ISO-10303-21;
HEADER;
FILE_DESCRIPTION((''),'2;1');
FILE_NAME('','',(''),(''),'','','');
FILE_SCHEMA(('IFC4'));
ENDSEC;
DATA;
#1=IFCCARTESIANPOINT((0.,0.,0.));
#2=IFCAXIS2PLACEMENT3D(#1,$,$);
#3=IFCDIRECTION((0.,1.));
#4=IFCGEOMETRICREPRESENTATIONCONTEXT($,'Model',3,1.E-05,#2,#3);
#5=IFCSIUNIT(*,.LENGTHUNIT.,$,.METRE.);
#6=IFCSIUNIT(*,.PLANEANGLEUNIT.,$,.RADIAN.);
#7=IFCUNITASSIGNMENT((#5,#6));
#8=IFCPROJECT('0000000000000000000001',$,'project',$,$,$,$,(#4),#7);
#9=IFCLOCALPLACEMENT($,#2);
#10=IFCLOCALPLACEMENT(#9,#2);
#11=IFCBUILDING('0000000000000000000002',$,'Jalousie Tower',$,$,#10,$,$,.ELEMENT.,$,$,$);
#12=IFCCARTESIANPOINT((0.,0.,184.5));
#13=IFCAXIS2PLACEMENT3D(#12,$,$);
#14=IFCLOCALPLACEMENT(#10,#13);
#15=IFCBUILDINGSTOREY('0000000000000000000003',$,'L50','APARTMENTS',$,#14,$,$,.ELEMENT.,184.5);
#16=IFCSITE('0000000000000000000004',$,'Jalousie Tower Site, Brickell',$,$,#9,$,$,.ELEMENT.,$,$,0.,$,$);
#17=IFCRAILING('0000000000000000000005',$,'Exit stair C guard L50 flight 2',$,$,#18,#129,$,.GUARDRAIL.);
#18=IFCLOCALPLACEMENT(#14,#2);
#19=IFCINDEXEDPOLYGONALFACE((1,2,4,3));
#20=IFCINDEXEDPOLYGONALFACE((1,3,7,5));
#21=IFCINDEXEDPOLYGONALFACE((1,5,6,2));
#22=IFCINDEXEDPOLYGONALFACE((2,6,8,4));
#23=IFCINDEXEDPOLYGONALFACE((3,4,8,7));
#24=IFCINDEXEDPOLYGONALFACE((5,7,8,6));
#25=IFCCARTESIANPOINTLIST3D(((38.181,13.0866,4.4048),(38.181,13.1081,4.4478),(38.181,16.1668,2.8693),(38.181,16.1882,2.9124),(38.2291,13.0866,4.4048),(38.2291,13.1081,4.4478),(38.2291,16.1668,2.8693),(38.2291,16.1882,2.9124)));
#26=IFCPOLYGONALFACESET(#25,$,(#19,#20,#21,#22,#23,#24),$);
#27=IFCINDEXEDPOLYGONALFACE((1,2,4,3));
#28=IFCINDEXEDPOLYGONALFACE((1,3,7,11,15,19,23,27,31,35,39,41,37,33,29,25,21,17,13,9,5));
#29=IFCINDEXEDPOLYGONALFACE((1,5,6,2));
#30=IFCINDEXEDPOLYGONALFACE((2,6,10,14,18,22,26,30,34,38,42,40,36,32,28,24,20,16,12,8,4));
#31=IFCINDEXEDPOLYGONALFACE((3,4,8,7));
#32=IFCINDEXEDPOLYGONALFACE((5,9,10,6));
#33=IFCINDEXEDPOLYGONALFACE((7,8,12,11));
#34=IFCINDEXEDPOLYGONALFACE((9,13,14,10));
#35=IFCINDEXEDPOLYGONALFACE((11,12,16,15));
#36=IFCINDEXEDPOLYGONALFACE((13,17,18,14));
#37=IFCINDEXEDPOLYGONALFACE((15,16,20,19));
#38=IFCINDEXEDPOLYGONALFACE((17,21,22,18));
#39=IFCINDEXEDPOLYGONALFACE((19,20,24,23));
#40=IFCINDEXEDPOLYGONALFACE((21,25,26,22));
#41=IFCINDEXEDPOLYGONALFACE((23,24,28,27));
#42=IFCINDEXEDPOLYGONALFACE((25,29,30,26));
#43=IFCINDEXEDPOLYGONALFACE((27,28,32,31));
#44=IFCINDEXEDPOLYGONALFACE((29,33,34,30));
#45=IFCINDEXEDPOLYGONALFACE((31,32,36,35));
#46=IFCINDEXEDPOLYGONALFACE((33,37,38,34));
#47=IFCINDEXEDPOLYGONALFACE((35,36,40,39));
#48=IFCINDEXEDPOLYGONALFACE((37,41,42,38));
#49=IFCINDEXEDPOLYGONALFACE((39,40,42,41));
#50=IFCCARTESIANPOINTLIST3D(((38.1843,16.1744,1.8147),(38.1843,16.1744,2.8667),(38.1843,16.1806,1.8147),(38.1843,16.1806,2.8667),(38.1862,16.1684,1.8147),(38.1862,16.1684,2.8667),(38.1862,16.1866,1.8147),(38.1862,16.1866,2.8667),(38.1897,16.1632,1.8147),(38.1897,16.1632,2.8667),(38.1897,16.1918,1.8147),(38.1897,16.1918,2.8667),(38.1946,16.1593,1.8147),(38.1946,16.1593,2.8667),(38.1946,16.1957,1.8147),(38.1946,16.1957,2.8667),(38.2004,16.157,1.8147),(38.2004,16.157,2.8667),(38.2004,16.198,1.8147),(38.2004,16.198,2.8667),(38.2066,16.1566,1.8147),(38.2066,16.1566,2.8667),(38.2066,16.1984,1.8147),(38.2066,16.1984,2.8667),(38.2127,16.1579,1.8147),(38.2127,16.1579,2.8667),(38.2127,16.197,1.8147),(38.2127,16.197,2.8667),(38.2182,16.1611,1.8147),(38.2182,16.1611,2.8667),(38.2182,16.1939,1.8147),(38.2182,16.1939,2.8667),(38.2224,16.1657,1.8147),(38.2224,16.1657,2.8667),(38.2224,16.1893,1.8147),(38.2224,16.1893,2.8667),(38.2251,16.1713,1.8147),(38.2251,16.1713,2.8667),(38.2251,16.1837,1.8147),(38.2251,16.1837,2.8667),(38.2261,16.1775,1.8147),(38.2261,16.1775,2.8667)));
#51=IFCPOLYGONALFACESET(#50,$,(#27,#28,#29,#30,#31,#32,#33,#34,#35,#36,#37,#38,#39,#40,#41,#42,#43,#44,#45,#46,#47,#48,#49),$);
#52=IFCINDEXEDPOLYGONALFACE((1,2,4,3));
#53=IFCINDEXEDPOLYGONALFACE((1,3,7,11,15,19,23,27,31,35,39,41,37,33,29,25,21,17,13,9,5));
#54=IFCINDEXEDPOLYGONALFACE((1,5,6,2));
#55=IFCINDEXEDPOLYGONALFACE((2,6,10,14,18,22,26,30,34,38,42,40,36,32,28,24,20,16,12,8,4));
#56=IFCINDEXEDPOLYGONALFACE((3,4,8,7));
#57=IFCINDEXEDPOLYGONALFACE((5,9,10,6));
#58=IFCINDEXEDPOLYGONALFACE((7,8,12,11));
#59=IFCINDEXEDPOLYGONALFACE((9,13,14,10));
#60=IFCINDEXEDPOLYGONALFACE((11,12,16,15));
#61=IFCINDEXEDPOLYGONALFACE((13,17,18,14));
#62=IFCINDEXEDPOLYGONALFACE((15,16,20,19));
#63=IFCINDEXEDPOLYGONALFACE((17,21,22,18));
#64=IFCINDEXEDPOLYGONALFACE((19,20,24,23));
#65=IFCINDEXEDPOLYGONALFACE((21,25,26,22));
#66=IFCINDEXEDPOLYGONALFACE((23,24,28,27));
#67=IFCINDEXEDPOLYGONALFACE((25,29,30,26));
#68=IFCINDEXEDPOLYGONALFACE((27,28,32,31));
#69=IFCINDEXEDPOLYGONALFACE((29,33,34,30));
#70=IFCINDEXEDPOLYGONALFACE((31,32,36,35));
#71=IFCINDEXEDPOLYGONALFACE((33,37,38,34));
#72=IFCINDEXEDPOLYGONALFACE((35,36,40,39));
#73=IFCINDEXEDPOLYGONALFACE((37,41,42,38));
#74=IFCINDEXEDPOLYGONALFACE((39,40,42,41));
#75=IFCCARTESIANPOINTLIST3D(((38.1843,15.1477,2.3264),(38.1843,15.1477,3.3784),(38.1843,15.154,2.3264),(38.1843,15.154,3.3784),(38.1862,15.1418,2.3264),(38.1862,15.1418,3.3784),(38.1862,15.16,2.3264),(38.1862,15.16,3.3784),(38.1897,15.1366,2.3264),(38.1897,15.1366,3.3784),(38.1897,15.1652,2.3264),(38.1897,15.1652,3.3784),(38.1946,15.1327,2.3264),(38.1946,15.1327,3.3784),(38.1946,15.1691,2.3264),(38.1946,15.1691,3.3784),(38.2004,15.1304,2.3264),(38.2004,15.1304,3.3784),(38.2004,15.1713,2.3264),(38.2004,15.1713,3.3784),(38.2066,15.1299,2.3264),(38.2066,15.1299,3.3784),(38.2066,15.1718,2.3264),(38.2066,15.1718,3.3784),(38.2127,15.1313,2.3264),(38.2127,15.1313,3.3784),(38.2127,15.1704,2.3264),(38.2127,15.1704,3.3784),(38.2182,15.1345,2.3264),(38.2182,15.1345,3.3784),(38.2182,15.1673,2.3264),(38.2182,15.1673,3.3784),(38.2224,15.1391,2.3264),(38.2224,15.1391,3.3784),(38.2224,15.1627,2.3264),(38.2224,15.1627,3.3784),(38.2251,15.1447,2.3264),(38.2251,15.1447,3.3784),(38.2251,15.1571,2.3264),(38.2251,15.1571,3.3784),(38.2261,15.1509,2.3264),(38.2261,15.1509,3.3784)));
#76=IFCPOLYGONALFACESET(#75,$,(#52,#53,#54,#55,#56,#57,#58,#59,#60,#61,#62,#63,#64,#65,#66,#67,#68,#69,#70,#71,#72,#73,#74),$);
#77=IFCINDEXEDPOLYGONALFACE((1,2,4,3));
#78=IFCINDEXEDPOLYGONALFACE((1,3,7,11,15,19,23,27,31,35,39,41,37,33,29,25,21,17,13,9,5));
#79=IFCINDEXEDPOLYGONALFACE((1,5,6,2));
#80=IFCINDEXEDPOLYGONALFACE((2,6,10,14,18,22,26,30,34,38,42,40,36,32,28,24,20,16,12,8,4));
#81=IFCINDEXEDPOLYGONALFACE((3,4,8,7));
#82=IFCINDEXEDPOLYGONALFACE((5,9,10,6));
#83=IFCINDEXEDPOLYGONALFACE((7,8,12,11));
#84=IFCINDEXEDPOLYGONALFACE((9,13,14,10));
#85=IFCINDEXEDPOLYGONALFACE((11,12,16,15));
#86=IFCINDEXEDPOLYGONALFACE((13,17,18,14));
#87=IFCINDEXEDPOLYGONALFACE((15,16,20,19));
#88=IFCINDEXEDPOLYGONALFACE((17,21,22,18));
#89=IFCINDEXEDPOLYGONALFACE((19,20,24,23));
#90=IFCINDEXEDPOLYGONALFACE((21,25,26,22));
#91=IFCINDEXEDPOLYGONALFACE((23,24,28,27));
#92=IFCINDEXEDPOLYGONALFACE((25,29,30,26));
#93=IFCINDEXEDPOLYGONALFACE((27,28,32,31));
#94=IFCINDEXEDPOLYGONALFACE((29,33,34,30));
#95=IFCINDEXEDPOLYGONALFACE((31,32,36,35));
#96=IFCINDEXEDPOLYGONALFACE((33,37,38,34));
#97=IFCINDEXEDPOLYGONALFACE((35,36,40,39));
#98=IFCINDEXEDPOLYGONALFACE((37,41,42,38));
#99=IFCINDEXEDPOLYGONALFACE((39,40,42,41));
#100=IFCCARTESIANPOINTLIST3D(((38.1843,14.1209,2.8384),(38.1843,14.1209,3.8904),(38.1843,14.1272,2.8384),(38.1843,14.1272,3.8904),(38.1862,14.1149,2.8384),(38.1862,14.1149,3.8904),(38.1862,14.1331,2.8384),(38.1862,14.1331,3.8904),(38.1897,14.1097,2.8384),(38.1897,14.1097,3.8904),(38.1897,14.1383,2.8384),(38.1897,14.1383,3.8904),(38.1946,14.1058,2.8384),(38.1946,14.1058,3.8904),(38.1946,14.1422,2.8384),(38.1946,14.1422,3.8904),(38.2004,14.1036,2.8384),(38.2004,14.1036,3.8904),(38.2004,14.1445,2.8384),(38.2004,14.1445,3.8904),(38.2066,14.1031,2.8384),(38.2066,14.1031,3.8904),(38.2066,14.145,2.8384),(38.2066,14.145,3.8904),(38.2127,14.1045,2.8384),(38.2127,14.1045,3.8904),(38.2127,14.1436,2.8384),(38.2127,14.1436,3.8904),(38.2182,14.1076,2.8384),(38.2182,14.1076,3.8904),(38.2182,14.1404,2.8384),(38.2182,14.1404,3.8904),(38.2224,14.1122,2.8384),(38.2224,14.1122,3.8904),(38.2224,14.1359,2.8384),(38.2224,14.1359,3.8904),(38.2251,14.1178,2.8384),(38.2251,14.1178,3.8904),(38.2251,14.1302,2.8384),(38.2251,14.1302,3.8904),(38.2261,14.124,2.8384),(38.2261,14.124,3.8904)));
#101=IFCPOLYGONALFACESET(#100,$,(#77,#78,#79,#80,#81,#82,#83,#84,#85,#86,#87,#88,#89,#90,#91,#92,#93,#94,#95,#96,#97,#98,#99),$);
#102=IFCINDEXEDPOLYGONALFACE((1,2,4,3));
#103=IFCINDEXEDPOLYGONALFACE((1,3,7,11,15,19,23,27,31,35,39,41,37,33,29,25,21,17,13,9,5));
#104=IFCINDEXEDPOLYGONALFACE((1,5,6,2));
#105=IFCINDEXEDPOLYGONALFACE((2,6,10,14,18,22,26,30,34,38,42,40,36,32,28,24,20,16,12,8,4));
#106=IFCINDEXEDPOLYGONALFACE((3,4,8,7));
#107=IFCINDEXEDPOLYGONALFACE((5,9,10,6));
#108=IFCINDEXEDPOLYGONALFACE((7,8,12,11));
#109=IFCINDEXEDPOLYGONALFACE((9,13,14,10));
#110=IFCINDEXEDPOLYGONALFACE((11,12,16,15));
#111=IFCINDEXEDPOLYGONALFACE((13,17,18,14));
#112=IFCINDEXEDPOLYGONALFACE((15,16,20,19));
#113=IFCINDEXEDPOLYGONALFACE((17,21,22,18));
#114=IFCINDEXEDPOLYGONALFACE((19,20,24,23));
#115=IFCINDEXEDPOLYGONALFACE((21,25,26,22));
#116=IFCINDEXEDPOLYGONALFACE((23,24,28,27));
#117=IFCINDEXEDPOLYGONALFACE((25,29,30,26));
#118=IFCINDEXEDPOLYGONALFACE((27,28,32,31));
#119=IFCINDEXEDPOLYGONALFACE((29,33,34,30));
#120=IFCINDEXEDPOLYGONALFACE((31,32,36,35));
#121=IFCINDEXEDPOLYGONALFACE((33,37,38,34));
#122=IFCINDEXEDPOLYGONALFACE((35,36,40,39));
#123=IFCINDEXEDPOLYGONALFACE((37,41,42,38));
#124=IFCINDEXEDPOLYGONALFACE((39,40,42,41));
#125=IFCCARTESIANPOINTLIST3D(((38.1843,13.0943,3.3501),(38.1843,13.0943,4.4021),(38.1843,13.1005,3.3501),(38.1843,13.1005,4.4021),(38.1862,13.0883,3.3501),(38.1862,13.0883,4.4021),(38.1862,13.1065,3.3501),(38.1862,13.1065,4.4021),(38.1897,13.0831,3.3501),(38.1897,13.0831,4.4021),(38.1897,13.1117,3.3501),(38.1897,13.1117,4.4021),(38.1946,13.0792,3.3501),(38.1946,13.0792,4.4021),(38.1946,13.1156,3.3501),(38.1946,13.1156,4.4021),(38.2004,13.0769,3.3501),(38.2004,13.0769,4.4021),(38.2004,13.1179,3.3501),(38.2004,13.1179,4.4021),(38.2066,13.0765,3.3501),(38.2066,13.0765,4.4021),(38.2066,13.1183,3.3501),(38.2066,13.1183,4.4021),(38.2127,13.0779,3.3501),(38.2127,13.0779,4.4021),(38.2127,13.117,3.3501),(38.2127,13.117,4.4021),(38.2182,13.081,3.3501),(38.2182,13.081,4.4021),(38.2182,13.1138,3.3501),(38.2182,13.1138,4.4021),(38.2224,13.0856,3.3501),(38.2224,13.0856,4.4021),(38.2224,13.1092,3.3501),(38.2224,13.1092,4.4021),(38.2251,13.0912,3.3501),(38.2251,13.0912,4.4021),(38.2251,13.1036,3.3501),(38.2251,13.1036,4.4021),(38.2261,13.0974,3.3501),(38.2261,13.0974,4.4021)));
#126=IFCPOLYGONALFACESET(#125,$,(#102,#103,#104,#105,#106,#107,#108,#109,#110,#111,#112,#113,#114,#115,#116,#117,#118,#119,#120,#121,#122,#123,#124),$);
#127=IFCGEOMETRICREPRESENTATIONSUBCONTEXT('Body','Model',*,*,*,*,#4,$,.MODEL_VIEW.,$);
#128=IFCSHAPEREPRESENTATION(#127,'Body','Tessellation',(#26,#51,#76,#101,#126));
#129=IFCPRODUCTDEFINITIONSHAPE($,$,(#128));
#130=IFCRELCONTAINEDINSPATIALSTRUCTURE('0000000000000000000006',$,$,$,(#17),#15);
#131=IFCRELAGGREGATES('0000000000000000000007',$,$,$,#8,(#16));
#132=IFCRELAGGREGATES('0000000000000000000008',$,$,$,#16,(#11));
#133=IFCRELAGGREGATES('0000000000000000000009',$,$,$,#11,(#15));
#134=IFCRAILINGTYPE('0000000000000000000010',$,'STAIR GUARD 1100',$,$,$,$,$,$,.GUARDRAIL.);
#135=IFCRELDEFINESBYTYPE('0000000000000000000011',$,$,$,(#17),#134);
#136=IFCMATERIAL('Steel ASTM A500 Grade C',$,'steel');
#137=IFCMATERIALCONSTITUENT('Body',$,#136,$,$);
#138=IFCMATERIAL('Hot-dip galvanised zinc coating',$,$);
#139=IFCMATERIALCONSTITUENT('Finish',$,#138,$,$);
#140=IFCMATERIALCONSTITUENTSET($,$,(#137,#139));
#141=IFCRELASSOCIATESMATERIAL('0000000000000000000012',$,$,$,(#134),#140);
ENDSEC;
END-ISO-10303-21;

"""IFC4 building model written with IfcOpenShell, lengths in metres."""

from ifc_helpers import new_model, si_unit, direction, frame, origin, origin_2d, place, context, subcontext, project, spatial, rectangle, circle, extrude, material, constituent, constituent_set, type_object, element, save


model = new_model("IFC4")

# Units and contexts
model_context = context("Model", 3, precision=1e-05, world=origin(), true_north=direction((0.0, 1.0)))
body_context = subcontext(model_context, "Body", "Model", "MODEL_VIEW")
ifc_project = project(units=[si_unit("LENGTHUNIT", "METRE"), si_unit("PLANEANGLEUNIT", "RADIAN")], contexts=[model_context])

# Site, building, storey
site_placement = place(None, origin())
site = spatial("IfcSite", under=ifc_project, at=site_placement, Name="Jalousie Tower Site, Brickell", CompositionType="ELEMENT", RefElevation=0.0)
building_placement = place(site_placement, origin())
building = spatial("IfcBuilding", under=site, at=building_placement, Name="Jalousie Tower", CompositionType="ELEMENT")
storey_placement = place(building_placement, frame((0.0, 0.0, 184.5)))
storey = spatial("IfcBuildingStorey", under=building, at=storey_placement, Name="L50", Description="APARTMENTS", CompositionType="ELEMENT", Elevation=184.5)

# Railing
ifc_material_1 = material(Name="Steel ASTM A500 Grade C", Category="steel")
ifc_constituent_1 = constituent(ifc_material_1, Name="Body")
ifc_material_2 = material(Name="Hot-dip galvanised zinc coating")
ifc_constituent_2 = constituent(ifc_material_2, Name="Finish")
ifc_constituent_set_1 = constituent_set(constituents=[ifc_constituent_1, ifc_constituent_2])
railing_type_1 = type_object("IfcRailingType", Name="STAIR GUARD 1100", PredefinedType="GUARDRAIL", material=ifc_constituent_set_1)
railing_1_placement = place(storey_placement, frame((38.2051, 16.1775, 1.8147)))
element("IfcRailing", 1, at=railing_1_placement, inside=storey, type_object=railing_type_1, Name="Exit stair C guard L50 flight 2", PredefinedType="GUARDRAIL", context=body_context, shape_type="SweptSolid", body=[
    extrude(rectangle(XDim=0.0481, YDim=0.0481, at=origin_2d()), frame((0.0, 0.0, 1.0762), z_axis=(0.0, -0.894966, 0.446135), x_axis=(1.0, 0.0, 0.0)), (0.0, 0.0, 1.0), 3.4417),
    extrude(circle(Radius=0.021, at=origin_2d()), origin(), (0.0, 0.0, 1.0), 1.052),
    extrude(circle(Radius=0.021, at=origin_2d()), frame((0.0, -1.0266, 0.5117)), (0.0, 0.0, 1.0), 1.052),
    extrude(circle(Radius=0.021, at=origin_2d()), frame((0.0, -2.0535, 1.0237)), (0.0, 0.0, 1.0), 1.052),
    extrude(circle(Radius=0.021, at=origin_2d()), frame((0.0, -3.0801, 1.5354)), (0.0, 0.0, 1.0), 1.052),
])

save(model, "model.ifc")
